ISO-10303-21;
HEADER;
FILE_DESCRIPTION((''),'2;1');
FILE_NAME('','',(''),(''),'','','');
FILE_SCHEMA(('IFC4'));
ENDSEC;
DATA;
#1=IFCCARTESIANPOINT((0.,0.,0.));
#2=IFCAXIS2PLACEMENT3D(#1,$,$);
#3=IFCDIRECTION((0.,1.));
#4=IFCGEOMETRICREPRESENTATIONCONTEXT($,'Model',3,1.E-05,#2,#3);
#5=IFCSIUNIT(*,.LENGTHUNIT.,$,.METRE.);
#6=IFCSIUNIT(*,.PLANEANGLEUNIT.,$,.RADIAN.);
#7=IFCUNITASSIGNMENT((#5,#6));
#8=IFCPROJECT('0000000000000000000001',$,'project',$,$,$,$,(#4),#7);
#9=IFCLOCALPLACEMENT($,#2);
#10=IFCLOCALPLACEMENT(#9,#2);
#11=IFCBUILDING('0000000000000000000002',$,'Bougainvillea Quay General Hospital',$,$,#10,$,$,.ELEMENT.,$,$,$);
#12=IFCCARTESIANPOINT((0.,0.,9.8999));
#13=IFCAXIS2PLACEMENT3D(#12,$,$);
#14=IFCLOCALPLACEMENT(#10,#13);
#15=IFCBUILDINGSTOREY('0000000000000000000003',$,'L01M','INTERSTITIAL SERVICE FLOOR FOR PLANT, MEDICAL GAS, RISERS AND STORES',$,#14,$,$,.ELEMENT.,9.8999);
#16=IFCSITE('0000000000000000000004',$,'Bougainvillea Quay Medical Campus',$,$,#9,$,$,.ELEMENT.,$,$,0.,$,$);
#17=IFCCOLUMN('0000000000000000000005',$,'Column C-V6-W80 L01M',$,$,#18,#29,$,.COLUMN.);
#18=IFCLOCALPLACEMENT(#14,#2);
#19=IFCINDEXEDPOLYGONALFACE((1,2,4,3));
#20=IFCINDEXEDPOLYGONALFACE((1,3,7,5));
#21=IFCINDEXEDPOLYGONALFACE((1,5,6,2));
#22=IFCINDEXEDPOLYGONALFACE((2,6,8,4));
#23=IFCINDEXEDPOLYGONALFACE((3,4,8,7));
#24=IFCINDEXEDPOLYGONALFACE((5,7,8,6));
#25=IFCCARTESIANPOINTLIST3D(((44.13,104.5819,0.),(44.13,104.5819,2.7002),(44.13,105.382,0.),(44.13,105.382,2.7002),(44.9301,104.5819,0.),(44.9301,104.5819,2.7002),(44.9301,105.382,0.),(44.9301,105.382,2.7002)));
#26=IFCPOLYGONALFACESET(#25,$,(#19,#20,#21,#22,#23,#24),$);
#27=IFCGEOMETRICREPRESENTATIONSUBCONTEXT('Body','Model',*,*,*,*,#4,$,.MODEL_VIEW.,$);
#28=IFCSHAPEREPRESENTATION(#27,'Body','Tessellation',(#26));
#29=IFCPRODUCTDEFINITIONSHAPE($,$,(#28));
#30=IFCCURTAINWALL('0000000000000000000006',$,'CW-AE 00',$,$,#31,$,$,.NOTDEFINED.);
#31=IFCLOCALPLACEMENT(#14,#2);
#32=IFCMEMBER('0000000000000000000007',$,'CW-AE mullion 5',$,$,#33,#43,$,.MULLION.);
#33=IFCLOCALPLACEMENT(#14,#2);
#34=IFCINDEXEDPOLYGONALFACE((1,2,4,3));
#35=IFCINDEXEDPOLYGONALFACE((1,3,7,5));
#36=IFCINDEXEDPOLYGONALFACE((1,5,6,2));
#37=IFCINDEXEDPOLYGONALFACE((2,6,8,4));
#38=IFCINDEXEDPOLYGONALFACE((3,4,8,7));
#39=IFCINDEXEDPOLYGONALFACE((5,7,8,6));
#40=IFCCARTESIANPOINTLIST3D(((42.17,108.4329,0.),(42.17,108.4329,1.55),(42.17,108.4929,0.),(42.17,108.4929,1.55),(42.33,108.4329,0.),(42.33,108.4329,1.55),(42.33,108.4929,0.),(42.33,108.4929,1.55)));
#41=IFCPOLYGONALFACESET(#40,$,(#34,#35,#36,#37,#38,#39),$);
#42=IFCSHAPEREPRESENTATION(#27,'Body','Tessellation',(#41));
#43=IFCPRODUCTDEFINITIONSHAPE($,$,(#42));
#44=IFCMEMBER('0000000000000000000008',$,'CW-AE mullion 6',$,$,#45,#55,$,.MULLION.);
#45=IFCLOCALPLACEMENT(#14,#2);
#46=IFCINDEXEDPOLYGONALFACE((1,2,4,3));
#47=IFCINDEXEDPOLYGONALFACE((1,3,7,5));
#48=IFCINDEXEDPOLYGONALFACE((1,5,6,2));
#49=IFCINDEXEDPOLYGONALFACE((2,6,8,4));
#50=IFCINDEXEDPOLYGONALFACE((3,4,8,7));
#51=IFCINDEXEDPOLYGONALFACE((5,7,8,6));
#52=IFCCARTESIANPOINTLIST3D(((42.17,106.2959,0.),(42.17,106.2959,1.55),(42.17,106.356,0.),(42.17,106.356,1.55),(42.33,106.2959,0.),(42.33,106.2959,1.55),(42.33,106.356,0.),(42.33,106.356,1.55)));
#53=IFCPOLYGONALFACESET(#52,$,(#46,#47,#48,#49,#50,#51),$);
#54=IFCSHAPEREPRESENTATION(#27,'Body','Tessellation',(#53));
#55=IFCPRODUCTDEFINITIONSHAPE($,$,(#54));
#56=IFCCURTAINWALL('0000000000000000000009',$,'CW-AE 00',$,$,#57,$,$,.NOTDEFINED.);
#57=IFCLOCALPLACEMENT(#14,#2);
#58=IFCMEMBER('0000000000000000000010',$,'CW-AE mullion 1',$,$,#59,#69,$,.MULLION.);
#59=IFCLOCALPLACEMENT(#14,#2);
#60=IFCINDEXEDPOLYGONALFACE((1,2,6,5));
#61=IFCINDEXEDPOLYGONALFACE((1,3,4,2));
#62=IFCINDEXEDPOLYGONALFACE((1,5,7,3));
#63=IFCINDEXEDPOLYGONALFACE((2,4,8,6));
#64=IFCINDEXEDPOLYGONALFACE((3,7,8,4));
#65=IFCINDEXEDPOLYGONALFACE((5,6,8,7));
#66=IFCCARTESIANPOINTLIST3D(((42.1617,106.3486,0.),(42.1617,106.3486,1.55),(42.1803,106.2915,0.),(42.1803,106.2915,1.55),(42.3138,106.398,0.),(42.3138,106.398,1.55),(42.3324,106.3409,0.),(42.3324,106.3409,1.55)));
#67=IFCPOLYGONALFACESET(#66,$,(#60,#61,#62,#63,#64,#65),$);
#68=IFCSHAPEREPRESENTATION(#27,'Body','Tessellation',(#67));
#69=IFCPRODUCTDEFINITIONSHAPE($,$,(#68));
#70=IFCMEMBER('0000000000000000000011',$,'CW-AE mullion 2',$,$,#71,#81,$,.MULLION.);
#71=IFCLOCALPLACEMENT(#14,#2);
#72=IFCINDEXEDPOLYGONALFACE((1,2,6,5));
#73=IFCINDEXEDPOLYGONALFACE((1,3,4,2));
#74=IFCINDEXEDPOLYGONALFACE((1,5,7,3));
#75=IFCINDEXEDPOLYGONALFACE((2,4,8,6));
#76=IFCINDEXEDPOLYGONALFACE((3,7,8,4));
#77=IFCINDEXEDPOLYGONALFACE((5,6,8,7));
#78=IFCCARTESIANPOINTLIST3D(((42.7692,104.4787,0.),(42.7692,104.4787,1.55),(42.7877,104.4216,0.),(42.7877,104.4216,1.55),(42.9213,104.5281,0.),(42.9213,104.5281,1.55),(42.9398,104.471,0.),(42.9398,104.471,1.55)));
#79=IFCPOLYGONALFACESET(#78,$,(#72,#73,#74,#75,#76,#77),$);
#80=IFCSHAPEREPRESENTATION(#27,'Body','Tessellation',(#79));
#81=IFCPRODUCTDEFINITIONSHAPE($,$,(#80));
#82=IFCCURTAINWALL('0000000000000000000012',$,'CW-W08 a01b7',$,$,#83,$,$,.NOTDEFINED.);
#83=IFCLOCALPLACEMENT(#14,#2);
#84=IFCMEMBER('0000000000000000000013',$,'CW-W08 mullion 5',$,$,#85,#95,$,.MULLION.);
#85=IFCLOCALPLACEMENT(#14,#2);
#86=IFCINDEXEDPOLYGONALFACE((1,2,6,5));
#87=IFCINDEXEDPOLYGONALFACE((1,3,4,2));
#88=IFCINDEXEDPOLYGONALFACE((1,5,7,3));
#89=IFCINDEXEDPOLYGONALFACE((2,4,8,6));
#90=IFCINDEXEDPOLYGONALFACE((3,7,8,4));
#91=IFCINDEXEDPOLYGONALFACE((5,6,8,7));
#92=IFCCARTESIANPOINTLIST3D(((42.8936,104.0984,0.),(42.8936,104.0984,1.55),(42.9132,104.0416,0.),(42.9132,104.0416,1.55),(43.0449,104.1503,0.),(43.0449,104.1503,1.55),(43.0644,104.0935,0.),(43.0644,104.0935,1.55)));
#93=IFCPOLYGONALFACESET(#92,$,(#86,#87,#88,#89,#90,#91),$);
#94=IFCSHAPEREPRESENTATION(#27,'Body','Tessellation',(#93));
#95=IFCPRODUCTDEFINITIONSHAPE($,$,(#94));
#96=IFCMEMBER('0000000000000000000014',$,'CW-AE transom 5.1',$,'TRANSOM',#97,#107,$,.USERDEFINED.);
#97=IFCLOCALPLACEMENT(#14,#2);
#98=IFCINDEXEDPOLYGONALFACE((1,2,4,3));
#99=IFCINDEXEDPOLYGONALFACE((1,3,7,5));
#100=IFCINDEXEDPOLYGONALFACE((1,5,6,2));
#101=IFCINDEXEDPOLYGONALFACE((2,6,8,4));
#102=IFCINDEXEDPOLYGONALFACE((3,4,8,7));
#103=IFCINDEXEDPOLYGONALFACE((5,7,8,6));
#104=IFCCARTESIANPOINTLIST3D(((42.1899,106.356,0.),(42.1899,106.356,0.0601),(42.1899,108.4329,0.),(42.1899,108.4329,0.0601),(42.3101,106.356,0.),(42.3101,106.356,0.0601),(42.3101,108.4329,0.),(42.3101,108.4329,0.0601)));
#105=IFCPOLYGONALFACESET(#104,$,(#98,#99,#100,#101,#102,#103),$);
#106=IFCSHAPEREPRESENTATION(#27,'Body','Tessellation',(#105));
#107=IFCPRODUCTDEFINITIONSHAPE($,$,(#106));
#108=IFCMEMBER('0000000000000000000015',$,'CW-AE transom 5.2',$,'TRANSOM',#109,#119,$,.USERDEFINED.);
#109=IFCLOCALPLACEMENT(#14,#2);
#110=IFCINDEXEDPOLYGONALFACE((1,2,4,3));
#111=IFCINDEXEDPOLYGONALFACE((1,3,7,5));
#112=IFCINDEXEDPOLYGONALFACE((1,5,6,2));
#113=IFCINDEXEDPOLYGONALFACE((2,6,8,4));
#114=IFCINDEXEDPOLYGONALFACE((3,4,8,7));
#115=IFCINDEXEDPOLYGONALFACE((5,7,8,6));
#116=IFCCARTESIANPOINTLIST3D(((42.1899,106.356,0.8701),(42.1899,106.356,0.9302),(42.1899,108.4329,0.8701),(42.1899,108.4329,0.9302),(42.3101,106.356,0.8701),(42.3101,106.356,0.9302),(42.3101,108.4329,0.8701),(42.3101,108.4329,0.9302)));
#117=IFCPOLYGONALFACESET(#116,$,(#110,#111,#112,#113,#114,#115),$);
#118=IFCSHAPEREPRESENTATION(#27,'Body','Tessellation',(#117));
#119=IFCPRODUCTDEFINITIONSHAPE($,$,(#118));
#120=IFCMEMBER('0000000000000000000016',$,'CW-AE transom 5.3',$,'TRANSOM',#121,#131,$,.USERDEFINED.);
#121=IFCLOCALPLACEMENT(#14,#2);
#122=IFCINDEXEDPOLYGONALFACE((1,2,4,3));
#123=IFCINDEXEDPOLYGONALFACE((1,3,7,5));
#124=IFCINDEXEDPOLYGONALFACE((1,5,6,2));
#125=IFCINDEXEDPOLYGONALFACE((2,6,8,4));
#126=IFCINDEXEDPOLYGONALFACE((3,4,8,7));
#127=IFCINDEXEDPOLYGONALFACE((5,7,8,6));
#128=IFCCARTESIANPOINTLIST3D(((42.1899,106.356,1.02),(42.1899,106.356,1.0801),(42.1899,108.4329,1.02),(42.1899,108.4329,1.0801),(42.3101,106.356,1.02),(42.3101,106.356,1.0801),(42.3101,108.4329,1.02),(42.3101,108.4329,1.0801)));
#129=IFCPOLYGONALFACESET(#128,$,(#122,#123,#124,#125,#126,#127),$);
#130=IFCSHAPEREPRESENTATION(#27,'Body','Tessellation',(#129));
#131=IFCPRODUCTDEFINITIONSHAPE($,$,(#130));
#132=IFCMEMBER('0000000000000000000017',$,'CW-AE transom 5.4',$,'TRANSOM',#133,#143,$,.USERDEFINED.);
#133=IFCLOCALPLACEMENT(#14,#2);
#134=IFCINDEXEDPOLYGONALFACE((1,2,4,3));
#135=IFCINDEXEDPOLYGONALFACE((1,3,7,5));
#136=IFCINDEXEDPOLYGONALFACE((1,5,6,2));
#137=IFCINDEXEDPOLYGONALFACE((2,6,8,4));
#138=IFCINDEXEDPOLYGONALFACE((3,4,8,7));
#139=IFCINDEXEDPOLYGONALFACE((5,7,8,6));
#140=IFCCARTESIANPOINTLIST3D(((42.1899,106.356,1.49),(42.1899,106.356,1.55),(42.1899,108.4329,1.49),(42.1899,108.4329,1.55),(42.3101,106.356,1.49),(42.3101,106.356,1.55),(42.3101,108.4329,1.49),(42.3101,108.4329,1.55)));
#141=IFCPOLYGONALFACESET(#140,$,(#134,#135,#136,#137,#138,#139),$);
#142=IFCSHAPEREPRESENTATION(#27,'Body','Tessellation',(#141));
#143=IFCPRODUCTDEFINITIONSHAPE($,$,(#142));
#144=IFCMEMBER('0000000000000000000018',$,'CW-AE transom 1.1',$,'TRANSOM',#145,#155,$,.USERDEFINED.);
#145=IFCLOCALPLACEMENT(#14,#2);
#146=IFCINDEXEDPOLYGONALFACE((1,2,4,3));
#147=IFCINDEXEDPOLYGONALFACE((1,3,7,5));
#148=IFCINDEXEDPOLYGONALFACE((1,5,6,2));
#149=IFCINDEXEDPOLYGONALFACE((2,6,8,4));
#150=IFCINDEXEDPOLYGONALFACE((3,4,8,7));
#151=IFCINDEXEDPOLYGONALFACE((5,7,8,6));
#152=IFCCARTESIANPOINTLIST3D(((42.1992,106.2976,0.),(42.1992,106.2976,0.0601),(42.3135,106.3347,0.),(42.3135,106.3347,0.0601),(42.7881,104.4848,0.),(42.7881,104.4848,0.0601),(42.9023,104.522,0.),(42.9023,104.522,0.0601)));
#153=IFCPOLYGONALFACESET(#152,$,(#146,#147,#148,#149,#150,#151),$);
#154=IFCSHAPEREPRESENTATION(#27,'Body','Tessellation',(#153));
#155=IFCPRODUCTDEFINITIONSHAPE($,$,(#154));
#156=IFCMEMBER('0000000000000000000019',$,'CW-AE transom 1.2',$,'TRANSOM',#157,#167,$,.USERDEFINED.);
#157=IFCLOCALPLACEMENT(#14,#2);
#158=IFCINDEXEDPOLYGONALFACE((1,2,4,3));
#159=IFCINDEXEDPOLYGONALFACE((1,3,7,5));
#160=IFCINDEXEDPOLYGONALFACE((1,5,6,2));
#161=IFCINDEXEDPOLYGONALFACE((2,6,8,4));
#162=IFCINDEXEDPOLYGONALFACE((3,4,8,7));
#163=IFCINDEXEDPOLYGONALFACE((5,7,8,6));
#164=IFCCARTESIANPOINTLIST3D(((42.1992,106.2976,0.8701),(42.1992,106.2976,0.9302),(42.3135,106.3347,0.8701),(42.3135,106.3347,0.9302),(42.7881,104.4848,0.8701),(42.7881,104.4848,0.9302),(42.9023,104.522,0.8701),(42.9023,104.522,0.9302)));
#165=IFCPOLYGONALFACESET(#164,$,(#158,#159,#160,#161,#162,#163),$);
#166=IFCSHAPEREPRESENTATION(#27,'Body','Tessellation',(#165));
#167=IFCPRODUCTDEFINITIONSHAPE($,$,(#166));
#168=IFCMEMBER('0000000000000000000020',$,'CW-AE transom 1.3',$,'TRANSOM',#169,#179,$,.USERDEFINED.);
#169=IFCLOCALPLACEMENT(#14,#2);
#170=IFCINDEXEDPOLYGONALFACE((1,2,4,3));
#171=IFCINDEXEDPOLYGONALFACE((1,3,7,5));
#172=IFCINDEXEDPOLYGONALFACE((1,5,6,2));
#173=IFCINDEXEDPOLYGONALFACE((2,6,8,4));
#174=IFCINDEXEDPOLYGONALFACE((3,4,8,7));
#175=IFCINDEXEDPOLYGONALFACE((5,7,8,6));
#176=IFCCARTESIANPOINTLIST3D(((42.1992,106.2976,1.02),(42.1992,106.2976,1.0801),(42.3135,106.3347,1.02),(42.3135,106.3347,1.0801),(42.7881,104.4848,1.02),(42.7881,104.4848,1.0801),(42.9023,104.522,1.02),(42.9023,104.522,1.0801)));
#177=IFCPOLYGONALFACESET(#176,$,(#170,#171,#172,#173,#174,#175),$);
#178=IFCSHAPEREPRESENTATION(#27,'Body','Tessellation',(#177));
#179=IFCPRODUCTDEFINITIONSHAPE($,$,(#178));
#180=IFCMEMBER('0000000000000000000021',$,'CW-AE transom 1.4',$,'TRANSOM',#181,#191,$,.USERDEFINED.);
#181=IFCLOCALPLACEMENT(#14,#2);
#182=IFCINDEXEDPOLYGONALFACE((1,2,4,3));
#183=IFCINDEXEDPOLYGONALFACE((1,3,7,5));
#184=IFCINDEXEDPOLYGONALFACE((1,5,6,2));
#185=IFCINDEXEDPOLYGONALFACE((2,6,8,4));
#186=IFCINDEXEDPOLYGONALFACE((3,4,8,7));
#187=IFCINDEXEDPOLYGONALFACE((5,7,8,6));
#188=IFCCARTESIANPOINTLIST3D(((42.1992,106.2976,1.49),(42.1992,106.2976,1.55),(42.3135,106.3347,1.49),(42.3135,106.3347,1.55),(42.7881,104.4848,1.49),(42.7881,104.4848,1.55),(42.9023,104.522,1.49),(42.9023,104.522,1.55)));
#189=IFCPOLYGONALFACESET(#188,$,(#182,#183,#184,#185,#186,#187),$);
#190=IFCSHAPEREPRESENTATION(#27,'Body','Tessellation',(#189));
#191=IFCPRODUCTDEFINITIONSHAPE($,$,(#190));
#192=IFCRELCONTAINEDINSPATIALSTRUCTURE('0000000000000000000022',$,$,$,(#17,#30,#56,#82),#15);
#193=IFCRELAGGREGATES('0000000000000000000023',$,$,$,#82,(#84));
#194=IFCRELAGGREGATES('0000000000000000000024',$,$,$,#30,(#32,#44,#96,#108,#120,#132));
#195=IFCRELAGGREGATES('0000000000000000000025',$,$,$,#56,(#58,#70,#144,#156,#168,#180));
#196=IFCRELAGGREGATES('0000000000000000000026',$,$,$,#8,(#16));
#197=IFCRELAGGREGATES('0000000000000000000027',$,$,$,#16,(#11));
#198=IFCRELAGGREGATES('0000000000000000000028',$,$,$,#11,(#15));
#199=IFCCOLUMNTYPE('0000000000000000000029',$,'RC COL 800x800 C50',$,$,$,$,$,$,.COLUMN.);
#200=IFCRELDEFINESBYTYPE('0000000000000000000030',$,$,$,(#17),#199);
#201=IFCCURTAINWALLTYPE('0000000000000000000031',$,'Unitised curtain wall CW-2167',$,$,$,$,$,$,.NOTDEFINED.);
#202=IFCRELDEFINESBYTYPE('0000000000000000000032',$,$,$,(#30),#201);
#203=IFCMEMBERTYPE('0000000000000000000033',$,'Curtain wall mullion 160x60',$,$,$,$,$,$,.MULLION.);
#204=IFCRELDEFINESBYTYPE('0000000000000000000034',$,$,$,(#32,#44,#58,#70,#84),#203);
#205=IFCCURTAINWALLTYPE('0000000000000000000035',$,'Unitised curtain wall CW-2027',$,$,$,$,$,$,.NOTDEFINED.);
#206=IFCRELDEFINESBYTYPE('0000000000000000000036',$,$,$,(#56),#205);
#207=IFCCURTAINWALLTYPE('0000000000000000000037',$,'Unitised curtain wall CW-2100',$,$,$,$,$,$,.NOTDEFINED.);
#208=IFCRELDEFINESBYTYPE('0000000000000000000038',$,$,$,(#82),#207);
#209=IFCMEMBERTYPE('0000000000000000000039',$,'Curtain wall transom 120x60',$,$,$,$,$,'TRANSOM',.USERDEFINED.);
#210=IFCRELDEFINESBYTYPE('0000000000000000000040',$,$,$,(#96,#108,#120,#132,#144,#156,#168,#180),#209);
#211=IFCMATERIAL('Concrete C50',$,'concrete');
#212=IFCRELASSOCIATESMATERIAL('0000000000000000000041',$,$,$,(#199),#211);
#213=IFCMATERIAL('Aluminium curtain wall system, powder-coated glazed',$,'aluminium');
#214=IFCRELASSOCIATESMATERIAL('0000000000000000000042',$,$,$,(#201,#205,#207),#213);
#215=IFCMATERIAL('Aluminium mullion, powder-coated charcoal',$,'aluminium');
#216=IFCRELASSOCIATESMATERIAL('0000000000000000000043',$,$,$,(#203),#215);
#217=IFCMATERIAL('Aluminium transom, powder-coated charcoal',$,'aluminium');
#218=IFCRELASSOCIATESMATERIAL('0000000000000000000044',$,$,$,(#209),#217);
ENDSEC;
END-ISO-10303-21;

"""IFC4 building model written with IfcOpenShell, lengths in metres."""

from ifc_helpers import new_model, si_unit, direction, frame, origin, origin_2d, place, context, subcontext, project, spatial, rectangle, extrude, material, material_profile, profile_set, type_object, element, aggregate, save


model = new_model("IFC4")

# Units and contexts
model_context = context("Model", 3, precision=1e-05, world=origin(), true_north=direction((0.0, 1.0)))
body_context = subcontext(model_context, "Body", "Model", "MODEL_VIEW")
ifc_project = project(units=[si_unit("LENGTHUNIT", "METRE"), si_unit("PLANEANGLEUNIT", "RADIAN")], contexts=[model_context])

# Site, building, storey
site_placement = place(None, origin())
site = spatial("IfcSite", under=ifc_project, at=site_placement, Name="Bougainvillea Quay Medical Campus", CompositionType="ELEMENT", RefElevation=0.0)
building_placement = place(site_placement, origin())
building = spatial("IfcBuilding", under=site, at=building_placement, Name="Bougainvillea Quay General Hospital", CompositionType="ELEMENT")
storey_placement = place(building_placement, frame((0.0, 0.0, 9.8999)))
storey = spatial("IfcBuildingStorey", under=building, at=storey_placement, Name="L01M", Description="INTERSTITIAL SERVICE FLOOR FOR PLANT, MEDICAL GAS, RISERS AND STORES", CompositionType="ELEMENT", Elevation=9.8999)

# Column
ifc_material_1 = material(Name="Concrete C50", Category="concrete")
ifc_material_profile_1 = material_profile(ifc_material_1, rectangle(XDim=0.8, YDim=0.8, at=origin_2d()))
ifc_profile_set_1 = profile_set([ifc_material_profile_1], Name="Concrete C50")
column_type = type_object("IfcColumnType", Name="RC COL 800x800 C50", PredefinedType="COLUMN", material=ifc_profile_set_1)
column_placement = place(storey_placement, frame((44.53, 104.9819, 0.0), z_axis=(0.0, 0.0, 1.0), x_axis=(1.0, 0.0, 0.0)))
element("IfcColumn", 1, at=column_placement, inside=storey, type_object=column_type, Name="Column C-V6-W80 L01M", PredefinedType="COLUMN", context=body_context, shape_type="SweptSolid", body=[
    extrude(rectangle(XDim=0.8, YDim=0.8, at=origin_2d()), origin(), (0.0, 0.0, 1.0), 2.7002),
])

# Curtain walls, members
ifc_material_2 = material(Name="Aluminium curtain wall system, powder-coated glazed", Category="aluminium")
curtain_wall_type_1 = type_object("IfcCurtainWallType", Name="Unitised curtain wall CW-2167", PredefinedType="NOTDEFINED", material=ifc_material_2)
curtain_wall_1_placement = place(storey_placement, origin())
curtain_wall_1 = element("IfcCurtainWall", 2, at=curtain_wall_1_placement, inside=storey, type_object=curtain_wall_type_1, Name="CW-AE 00", PredefinedType="NOTDEFINED")
ifc_material_3 = material(Name="Aluminium mullion, powder-coated charcoal", Category="aluminium")
ifc_material_profile_2 = material_profile(ifc_material_3, rectangle(XDim=0.1599, YDim=0.0601, at=origin_2d()))
ifc_profile_set_2 = profile_set([ifc_material_profile_2], Name="Aluminium mullion, powder-coated charcoal")
member_type_1 = type_object("IfcMemberType", Name="Curtain wall mullion 160x60", PredefinedType="MULLION", material=ifc_profile_set_2)
member_1_placement = place(storey_placement, frame((42.25, 108.4629, 0.0), z_axis=(0.0, 0.0, 1.0), x_axis=(1.0, 0.0, 0.0)))
member_1 = element("IfcMember", 3, at=member_1_placement, type_object=member_type_1, Name="CW-AE mullion 5", PredefinedType="MULLION", context=body_context, shape_type="SweptSolid", body=[
    extrude(rectangle(XDim=0.1599, YDim=0.0601, at=origin_2d()), origin(), (0.0, 0.0, 1.0), 1.55),
])
member_2_placement = place(storey_placement, frame((42.25, 106.3259, 0.0), z_axis=(0.0, 0.0, 1.0), x_axis=(1.0, 0.0, 0.0)))
member_2 = element("IfcMember", 4, at=member_2_placement, type_object=member_type_1, Name="CW-AE mullion 6", PredefinedType="MULLION", context=body_context, shape_type="SweptSolid", body=[
    extrude(rectangle(XDim=0.1599, YDim=0.0601, at=origin_2d()), origin(), (0.0, 0.0, 1.0), 1.55),
])
curtain_wall_type_2 = type_object("IfcCurtainWallType", Name="Unitised curtain wall CW-2027", PredefinedType="NOTDEFINED", material=ifc_material_2)
curtain_wall_2_placement = place(storey_placement, origin())
curtain_wall_2 = element("IfcCurtainWall", 5, at=curtain_wall_2_placement, inside=storey, type_object=curtain_wall_type_2, Name="CW-AE 00", PredefinedType="NOTDEFINED")
member_3_placement = place(storey_placement, frame((42.2471, 106.3447, 0.0), z_axis=(0.0, 0.0, 1.0), x_axis=(0.951074, 0.308963, 0.0)))
member_3 = element("IfcMember", 6, at=member_3_placement, type_object=member_type_1, Name="CW-AE mullion 1", PredefinedType="MULLION", context=body_context, shape_type="SweptSolid", body=[
    extrude(rectangle(XDim=0.1599, YDim=0.0601, at=origin_2d()), origin(), (0.0, 0.0, 1.0), 1.55),
])
member_4_placement = place(storey_placement, frame((42.8545, 104.4749, 0.0), z_axis=(0.0, 0.0, 1.0), x_axis=(0.951074, 0.308963, 0.0)))
member_4 = element("IfcMember", 7, at=member_4_placement, type_object=member_type_1, Name="CW-AE mullion 2", PredefinedType="MULLION", context=body_context, shape_type="SweptSolid", body=[
    extrude(rectangle(XDim=0.1599, YDim=0.0601, at=origin_2d()), origin(), (0.0, 0.0, 1.0), 1.55),
])

# Curtain wall, member
curtain_wall_type_3 = type_object("IfcCurtainWallType", Name="Unitised curtain wall CW-2100", PredefinedType="NOTDEFINED", material=ifc_material_2)
curtain_wall_3_placement = place(storey_placement, origin())
curtain_wall_3 = element("IfcCurtainWall", 8, at=curtain_wall_3_placement, inside=storey, type_object=curtain_wall_type_3, Name="CW-W08 a01b7", PredefinedType="NOTDEFINED")
member_5_placement = place(storey_placement, frame((42.979, 104.0959, 0.0), z_axis=(0.0, 0.0, 1.0), x_axis=(-0.945687, -0.325079, 0.0)))
member_5 = element("IfcMember", 9, at=member_5_placement, type_object=member_type_1, Name="CW-W08 mullion 5", PredefinedType="MULLION", context=body_context, shape_type="SweptSolid", body=[
    extrude(rectangle(XDim=0.1599, YDim=0.0601, at=origin_2d()), origin(), (0.0, 0.0, 1.0), 1.55),
])
aggregate(curtain_wall_3, [member_5])

# Members
ifc_material_4 = material(Name="Aluminium transom, powder-coated charcoal", Category="aluminium")
ifc_material_profile_3 = material_profile(ifc_material_4, rectangle(XDim=0.1201, YDim=0.0601, at=origin_2d()))
ifc_profile_set_3 = profile_set([ifc_material_profile_3], Name="Aluminium transom, powder-coated charcoal")
member_type_2 = type_object("IfcMemberType", Name="Curtain wall transom 120x60", ElementType="TRANSOM", PredefinedType="USERDEFINED", material=ifc_profile_set_3)
member_6_placement = place(storey_placement, frame((42.25, 108.4329, 0.03), z_axis=(0.0, -1.0, 0.0), x_axis=(1.0, 0.0, 0.0)))
member_6 = element("IfcMember", 10, at=member_6_placement, type_object=member_type_2, Name="CW-AE transom 5.1", ObjectType="TRANSOM", PredefinedType="USERDEFINED", context=body_context, shape_type="SweptSolid", body=[
    extrude(rectangle(XDim=0.1201, YDim=0.0601, at=origin_2d()), origin(), (0.0, 0.0, 1.0), 2.0769),
])
member_7_placement = place(storey_placement, frame((42.25, 108.4329, 0.9001), z_axis=(0.0, -1.0, 0.0), x_axis=(1.0, 0.0, 0.0)))
member_7 = element("IfcMember", 11, at=member_7_placement, type_object=member_type_2, Name="CW-AE transom 5.2", ObjectType="TRANSOM", PredefinedType="USERDEFINED", context=body_context, shape_type="SweptSolid", body=[
    extrude(rectangle(XDim=0.1201, YDim=0.0601, at=origin_2d()), origin(), (0.0, 0.0, 1.0), 2.0769),
])
member_8_placement = place(storey_placement, frame((42.25, 108.4329, 1.05), z_axis=(0.0, -1.0, 0.0), x_axis=(1.0, 0.0, 0.0)))
member_8 = element("IfcMember", 12, at=member_8_placement, type_object=member_type_2, Name="CW-AE transom 5.3", ObjectType="TRANSOM", PredefinedType="USERDEFINED", context=body_context, shape_type="SweptSolid", body=[
    extrude(rectangle(XDim=0.1201, YDim=0.0601, at=origin_2d()), origin(), (0.0, 0.0, 1.0), 2.0769),
])
member_9_placement = place(storey_placement, frame((42.25, 108.4329, 1.52), z_axis=(0.0, -1.0, 0.0), x_axis=(1.0, 0.0, 0.0)))
member_9 = element("IfcMember", 13, at=member_9_placement, type_object=member_type_2, Name="CW-AE transom 5.4", ObjectType="TRANSOM", PredefinedType="USERDEFINED", context=body_context, shape_type="SweptSolid", body=[
    extrude(rectangle(XDim=0.1201, YDim=0.0601, at=origin_2d()), origin(), (0.0, 0.0, 1.0), 2.0769),
])
member_10_placement = place(storey_placement, frame((42.2563, 106.3162, 0.03), z_axis=(0.308956, -0.951076, 0.0), x_axis=(0.951076, 0.308956, 0.0)))
member_10 = element("IfcMember", 14, at=member_10_placement, type_object=member_type_2, Name="CW-AE transom 1.1", ObjectType="TRANSOM", PredefinedType="USERDEFINED", context=body_context, shape_type="SweptSolid", body=[
    extrude(rectangle(XDim=0.1201, YDim=0.0601, at=origin_2d()), origin(), (0.0, 0.0, 1.0), 1.906),
])
member_11_placement = place(storey_placement, frame((42.2563, 106.3162, 0.9001), z_axis=(0.308956, -0.951076, 0.0), x_axis=(0.951076, 0.308956, 0.0)))
member_11 = element("IfcMember", 15, at=member_11_placement, type_object=member_type_2, Name="CW-AE transom 1.2", ObjectType="TRANSOM", PredefinedType="USERDEFINED", context=body_context, shape_type="SweptSolid", body=[
    extrude(rectangle(XDim=0.1201, YDim=0.0601, at=origin_2d()), origin(), (0.0, 0.0, 1.0), 1.906),
])
member_12_placement = place(storey_placement, frame((42.2563, 106.3162, 1.05), z_axis=(0.308956, -0.951076, 0.0), x_axis=(0.951076, 0.308956, 0.0)))
member_12 = element("IfcMember", 16, at=member_12_placement, type_object=member_type_2, Name="CW-AE transom 1.3", ObjectType="TRANSOM", PredefinedType="USERDEFINED", context=body_context, shape_type="SweptSolid", body=[
    extrude(rectangle(XDim=0.1201, YDim=0.0601, at=origin_2d()), origin(), (0.0, 0.0, 1.0), 1.906),
])
member_13_placement = place(storey_placement, frame((42.2563, 106.3162, 1.52), z_axis=(0.308956, -0.951076, 0.0), x_axis=(0.951076, 0.308956, 0.0)))
member_13 = element("IfcMember", 17, at=member_13_placement, type_object=member_type_2, Name="CW-AE transom 1.4", ObjectType="TRANSOM", PredefinedType="USERDEFINED", context=body_context, shape_type="SweptSolid", body=[
    extrude(rectangle(XDim=0.1201, YDim=0.0601, at=origin_2d()), origin(), (0.0, 0.0, 1.0), 1.906),
])

aggregate(curtain_wall_1, [member_1, member_2, member_6, member_7, member_8, member_9])
aggregate(curtain_wall_2, [member_3, member_4, member_10, member_11, member_12, member_13])

save(model, "model.ifc")
